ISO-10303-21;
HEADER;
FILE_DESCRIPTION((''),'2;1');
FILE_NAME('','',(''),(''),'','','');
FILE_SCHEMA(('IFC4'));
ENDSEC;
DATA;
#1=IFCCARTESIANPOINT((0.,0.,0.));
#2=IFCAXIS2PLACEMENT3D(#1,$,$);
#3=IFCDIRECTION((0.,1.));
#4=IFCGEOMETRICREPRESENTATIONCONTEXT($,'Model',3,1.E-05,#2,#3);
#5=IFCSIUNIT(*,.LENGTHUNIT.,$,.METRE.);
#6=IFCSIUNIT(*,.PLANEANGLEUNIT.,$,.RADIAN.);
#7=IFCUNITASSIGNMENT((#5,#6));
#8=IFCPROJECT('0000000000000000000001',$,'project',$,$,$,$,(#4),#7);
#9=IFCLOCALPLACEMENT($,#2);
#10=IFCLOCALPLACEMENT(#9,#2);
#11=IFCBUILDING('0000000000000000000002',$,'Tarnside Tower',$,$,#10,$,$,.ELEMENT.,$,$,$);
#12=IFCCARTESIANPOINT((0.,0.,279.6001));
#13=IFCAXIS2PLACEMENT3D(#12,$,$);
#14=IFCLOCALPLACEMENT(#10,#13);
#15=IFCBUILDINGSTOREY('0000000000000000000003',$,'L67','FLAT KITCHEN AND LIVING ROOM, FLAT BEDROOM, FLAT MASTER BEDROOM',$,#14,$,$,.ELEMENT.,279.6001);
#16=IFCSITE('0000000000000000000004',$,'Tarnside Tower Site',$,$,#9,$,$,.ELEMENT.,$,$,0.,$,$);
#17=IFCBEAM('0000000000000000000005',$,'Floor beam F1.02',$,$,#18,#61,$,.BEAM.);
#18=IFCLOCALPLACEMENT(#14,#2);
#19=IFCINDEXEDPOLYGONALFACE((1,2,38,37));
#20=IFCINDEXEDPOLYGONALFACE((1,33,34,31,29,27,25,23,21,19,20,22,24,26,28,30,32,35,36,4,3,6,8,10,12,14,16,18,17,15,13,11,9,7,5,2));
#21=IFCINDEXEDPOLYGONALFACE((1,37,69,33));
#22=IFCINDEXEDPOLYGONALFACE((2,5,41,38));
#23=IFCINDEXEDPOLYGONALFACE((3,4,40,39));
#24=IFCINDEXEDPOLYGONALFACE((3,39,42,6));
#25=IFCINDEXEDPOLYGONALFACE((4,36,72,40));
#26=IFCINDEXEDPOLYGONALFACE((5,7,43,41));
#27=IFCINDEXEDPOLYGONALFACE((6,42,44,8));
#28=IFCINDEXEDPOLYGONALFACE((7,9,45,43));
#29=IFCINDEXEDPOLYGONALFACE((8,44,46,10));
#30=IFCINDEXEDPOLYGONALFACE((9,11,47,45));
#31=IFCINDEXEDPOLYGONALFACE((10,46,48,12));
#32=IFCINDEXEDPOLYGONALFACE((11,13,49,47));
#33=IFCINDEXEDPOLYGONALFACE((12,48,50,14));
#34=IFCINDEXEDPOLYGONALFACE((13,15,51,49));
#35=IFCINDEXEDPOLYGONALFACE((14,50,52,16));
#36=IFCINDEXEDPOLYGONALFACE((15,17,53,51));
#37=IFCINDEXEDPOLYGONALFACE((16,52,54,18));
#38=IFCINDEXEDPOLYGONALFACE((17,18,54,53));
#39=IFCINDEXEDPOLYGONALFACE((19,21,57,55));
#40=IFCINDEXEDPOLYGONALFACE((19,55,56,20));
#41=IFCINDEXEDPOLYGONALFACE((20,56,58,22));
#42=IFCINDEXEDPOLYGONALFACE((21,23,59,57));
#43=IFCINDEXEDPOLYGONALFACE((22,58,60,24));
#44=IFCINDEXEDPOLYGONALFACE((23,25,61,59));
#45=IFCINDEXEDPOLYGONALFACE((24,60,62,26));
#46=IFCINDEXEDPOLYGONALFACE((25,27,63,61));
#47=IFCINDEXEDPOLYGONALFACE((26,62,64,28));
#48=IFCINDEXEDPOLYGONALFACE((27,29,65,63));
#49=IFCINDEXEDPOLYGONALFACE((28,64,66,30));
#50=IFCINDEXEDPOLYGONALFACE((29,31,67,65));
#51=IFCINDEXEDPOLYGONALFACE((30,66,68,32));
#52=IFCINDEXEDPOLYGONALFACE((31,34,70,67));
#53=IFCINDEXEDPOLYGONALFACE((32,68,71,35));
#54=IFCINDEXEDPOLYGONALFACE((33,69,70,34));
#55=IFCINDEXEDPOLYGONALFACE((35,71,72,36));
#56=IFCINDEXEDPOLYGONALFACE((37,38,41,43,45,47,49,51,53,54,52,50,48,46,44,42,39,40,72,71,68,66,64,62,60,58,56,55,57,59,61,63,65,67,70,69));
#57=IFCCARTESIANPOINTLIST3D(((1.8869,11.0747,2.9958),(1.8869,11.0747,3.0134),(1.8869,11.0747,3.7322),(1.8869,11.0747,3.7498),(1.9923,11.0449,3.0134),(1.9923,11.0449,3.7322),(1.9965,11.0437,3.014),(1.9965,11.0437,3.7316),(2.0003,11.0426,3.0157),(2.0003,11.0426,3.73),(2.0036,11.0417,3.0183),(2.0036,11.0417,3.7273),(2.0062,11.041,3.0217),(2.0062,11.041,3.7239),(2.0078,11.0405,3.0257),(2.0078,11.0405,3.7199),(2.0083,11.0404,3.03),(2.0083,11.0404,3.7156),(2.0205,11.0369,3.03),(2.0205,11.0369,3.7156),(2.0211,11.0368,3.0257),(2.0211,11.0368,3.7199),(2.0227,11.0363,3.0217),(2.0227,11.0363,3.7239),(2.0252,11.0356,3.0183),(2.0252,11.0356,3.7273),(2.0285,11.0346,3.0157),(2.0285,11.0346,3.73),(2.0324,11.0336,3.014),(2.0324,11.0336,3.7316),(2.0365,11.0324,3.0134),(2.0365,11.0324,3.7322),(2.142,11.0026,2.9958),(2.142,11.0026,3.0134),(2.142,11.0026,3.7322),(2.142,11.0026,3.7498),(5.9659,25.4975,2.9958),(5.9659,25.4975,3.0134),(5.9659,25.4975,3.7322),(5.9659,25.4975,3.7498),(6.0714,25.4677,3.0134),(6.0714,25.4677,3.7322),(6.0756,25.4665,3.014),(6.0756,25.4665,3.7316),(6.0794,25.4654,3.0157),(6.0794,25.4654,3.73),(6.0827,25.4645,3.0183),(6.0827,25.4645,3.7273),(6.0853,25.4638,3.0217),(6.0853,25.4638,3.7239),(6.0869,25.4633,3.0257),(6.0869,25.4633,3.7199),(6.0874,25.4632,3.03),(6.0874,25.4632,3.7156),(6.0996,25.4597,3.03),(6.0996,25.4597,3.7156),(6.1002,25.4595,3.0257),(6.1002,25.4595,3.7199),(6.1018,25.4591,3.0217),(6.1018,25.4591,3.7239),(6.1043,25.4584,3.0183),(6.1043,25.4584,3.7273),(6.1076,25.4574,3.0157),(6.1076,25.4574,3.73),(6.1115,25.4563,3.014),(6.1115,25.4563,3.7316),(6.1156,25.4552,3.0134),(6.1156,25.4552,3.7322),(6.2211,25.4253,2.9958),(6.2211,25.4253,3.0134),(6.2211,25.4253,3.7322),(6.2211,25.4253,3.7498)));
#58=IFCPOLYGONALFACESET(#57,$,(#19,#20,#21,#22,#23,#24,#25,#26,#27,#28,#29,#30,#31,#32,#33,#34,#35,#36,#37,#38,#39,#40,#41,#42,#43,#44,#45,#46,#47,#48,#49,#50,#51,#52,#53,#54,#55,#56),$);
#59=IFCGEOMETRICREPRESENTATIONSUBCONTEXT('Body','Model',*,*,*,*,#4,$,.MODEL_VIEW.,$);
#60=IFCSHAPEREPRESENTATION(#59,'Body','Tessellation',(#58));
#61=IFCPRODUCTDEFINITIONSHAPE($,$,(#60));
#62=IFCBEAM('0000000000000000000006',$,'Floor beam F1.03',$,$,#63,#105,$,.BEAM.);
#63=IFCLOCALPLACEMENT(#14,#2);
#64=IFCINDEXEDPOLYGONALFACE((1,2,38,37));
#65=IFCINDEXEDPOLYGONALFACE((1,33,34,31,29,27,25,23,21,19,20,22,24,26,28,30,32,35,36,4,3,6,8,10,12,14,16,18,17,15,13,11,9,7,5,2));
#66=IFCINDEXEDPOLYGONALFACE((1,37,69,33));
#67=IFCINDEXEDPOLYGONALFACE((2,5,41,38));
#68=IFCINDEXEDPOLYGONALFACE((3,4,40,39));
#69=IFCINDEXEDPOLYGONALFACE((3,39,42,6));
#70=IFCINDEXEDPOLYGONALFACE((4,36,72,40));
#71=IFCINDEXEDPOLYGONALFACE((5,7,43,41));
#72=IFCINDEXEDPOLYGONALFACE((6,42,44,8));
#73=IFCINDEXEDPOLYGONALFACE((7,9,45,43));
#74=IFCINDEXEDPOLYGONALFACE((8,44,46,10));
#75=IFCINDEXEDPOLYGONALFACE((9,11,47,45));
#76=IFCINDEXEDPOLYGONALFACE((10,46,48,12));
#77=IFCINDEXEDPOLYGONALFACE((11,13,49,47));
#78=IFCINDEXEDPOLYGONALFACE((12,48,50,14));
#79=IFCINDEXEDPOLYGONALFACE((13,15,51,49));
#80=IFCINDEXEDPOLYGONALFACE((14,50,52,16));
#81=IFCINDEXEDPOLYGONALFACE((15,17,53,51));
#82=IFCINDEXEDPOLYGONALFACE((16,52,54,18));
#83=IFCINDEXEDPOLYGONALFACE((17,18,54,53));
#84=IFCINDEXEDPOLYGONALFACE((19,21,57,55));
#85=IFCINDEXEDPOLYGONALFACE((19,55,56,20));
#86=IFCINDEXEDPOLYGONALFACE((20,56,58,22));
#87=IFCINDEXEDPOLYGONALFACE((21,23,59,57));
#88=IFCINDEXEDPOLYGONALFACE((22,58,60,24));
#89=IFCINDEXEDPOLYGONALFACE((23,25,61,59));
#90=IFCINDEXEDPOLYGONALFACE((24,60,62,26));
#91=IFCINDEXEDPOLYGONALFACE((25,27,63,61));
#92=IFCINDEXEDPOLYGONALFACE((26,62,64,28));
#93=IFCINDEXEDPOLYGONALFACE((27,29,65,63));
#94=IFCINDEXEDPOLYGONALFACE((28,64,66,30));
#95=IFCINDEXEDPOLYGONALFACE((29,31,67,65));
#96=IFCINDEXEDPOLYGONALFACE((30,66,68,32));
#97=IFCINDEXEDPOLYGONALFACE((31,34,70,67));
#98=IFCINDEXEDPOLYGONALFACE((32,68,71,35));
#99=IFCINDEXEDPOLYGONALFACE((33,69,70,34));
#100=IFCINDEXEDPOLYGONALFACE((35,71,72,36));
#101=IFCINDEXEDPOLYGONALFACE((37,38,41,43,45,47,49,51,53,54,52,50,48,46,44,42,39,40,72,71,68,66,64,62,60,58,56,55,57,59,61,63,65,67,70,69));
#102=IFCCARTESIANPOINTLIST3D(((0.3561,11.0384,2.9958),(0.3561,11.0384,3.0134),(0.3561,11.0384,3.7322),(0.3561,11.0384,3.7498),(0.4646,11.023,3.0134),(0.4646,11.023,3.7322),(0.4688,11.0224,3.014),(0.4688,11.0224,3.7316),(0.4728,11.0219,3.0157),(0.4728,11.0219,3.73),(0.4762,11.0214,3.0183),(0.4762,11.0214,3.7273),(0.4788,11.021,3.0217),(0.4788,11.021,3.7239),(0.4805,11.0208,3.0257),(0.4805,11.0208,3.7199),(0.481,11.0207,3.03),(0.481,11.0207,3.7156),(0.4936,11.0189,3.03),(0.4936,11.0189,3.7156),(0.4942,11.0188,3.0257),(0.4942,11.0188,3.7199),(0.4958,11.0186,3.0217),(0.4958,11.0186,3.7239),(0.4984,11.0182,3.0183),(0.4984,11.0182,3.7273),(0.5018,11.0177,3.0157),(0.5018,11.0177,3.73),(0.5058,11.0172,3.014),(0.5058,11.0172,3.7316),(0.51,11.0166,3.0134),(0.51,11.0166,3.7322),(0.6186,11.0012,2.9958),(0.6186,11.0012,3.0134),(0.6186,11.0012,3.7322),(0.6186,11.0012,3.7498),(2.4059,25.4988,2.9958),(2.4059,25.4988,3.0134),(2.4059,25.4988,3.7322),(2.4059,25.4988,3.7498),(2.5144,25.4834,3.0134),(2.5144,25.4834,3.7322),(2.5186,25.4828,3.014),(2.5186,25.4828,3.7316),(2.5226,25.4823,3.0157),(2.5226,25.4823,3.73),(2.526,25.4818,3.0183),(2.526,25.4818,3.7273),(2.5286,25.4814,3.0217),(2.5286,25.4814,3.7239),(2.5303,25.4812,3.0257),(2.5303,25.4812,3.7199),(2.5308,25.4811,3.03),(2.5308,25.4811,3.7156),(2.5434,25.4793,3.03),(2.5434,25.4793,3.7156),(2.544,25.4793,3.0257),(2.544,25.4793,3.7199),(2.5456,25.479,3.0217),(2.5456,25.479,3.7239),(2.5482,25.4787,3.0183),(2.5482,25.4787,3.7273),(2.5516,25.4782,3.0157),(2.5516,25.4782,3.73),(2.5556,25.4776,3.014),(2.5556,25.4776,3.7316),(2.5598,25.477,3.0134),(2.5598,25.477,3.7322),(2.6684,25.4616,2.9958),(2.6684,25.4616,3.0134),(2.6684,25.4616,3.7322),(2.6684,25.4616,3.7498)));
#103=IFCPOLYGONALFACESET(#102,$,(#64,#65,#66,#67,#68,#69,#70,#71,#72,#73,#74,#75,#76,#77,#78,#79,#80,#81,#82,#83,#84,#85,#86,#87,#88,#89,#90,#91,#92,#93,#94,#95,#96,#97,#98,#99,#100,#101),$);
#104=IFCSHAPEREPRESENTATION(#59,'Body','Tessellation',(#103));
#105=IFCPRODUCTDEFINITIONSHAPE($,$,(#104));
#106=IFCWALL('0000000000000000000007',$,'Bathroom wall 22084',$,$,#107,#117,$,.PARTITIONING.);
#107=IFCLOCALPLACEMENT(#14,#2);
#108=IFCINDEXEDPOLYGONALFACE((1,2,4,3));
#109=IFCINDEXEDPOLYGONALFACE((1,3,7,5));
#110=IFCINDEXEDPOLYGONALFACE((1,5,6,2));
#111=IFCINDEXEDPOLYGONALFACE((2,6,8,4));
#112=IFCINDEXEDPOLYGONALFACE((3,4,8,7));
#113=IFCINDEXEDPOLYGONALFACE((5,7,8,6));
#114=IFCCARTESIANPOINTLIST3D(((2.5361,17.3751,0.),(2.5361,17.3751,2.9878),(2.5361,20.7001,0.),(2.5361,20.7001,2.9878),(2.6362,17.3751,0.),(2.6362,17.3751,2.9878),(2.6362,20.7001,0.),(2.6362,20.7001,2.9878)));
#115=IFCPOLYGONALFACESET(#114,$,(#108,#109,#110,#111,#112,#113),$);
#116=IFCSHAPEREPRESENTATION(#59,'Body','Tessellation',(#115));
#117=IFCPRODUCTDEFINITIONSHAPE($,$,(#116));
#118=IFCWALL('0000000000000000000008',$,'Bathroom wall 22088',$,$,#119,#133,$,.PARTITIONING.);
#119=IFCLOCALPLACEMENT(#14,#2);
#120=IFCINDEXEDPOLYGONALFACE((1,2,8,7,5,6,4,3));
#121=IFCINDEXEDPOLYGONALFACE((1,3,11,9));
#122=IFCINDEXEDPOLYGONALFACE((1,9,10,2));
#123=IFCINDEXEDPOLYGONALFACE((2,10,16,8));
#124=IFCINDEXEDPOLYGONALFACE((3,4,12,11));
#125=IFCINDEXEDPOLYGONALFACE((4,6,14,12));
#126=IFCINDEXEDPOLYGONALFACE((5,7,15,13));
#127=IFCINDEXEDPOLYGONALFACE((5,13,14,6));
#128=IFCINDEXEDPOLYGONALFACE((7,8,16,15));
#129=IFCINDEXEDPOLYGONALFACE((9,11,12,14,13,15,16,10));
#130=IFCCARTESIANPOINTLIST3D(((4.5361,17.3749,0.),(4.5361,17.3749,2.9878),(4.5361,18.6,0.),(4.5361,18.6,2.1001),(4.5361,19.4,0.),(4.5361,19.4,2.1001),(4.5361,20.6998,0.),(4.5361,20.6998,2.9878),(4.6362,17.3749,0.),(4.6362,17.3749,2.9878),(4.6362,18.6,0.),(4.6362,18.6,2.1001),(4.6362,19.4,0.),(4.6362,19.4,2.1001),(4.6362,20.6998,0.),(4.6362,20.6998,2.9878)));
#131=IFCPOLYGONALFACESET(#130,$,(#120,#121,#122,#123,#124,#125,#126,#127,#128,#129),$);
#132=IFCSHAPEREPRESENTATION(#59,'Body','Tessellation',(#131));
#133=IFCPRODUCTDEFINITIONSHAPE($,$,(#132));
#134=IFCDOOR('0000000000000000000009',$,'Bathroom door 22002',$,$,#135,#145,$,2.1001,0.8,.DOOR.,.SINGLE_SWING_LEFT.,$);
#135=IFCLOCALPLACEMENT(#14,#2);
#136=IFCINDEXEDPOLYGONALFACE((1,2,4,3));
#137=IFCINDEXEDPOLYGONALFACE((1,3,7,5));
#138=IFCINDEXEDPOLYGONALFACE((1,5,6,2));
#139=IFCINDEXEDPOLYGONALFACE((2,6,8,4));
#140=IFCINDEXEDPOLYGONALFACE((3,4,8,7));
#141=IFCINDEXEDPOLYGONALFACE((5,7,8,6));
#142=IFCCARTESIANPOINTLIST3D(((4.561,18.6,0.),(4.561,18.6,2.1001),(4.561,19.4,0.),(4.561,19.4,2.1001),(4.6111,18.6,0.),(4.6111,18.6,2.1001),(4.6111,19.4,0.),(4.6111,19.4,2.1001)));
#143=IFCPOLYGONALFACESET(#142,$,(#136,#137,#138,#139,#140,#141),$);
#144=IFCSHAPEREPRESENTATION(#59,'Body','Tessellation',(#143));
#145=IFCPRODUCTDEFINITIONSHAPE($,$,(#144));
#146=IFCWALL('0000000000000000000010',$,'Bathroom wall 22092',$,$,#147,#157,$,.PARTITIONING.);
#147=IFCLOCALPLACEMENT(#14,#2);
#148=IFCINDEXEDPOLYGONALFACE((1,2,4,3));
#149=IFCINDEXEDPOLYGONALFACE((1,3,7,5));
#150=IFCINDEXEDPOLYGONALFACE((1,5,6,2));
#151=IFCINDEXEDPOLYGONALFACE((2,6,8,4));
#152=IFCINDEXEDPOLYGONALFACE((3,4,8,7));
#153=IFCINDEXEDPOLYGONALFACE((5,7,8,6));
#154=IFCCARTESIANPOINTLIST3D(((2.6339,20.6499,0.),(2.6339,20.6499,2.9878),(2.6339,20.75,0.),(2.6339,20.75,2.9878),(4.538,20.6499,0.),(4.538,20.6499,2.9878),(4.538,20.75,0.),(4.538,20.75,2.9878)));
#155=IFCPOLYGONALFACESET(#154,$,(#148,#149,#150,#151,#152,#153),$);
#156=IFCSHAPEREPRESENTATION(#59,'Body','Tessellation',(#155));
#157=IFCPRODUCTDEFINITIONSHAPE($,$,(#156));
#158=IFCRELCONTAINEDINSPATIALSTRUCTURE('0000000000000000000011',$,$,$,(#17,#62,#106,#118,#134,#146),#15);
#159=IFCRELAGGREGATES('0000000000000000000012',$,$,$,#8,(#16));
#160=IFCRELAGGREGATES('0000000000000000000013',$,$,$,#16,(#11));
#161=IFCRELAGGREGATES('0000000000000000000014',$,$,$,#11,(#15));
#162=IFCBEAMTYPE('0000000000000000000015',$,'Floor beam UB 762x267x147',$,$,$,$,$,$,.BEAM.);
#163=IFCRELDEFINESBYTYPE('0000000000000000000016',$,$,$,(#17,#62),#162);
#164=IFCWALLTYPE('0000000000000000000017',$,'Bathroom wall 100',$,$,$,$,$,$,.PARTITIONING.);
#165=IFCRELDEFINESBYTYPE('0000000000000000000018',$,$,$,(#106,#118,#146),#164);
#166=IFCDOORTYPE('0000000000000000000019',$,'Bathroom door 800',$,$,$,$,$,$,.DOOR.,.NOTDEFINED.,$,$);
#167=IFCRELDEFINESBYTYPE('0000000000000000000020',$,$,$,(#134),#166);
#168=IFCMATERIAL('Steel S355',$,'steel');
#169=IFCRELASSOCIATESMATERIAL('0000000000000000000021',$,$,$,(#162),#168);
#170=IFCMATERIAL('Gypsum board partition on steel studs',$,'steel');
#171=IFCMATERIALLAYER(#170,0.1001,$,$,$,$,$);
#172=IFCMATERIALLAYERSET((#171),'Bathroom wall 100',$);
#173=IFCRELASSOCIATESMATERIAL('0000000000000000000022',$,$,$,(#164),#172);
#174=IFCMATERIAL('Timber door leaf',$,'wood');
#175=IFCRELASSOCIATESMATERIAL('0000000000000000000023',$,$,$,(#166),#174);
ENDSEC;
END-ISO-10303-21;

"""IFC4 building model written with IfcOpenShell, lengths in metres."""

from ifc_helpers import new_model, si_unit, direction, frame, frame_2d, origin, origin_2d, place, context, subcontext, project, spatial, rectangle, i_section, extrude, material, layer, layer_set, material_profile, profile_set, type_object, element, fill, save


model = new_model("IFC4")

# Units and contexts
model_context = context("Model", 3, precision=1e-05, world=origin(), true_north=direction((0.0, 1.0)))
body_context = subcontext(model_context, "Body", "Model", "MODEL_VIEW")
ifc_project = project(units=[si_unit("LENGTHUNIT", "METRE"), si_unit("PLANEANGLEUNIT", "RADIAN")], contexts=[model_context])

# Site, building, storey
site_placement = place(None, origin())
site = spatial("IfcSite", under=ifc_project, at=site_placement, Name="Tarnside Tower Site", CompositionType="ELEMENT", RefElevation=0.0)
building_placement = place(site_placement, origin())
building = spatial("IfcBuilding", under=site, at=building_placement, Name="Tarnside Tower", CompositionType="ELEMENT")
storey_placement = place(building_placement, frame((0.0, 0.0, 279.6001)))
storey = spatial("IfcBuildingStorey", under=building, at=storey_placement, Name="L67", Description="FLAT KITCHEN AND LIVING ROOM, FLAT BEDROOM, FLAT MASTER BEDROOM", CompositionType="ELEMENT", Elevation=279.6001)

# Beams
ifc_material_1 = material(Name="Steel S355", Category="steel")
ifc_material_profile = material_profile(ifc_material_1, i_section(OverallWidth=0.2651, OverallDepth=0.7539, WebThickness=0.0127, FlangeThickness=0.0176, FilletRadius=0.0166, at=origin_2d()), Name="UB 762x267x147")
ifc_profile_set = profile_set([ifc_material_profile], Name="Steel S355")
beam_type = type_object("IfcBeamType", Name="Floor beam UB 762x267x147", PredefinedType="BEAM", material=ifc_profile_set)
beam_1_placement = place(storey_placement, frame((6.0935, 25.4614, 3.3728), z_axis=(-0.272147, -0.962256, 0.0), x_axis=(0.962256, -0.272147, 0.0)))
element("IfcBeam", 1, at=beam_1_placement, inside=storey, type_object=beam_type, Name="Floor beam F1.02", PredefinedType="BEAM", context=body_context, shape_type="SweptSolid", body=[
    extrude(i_section(OverallWidth=0.2651, OverallDepth=0.7539, WebThickness=0.0127, FlangeThickness=0.0176, FilletRadius=0.0166, at=origin_2d()), origin(), (0.0, 0.0, 1.0), 14.9885),
])
beam_2_placement = place(storey_placement, frame((2.5371, 25.4802, 3.3728), z_axis=(-0.140349, -0.990102, 0.0), x_axis=(0.990102, -0.140349, 0.0)))
element("IfcBeam", 2, at=beam_2_placement, inside=storey, type_object=beam_type, Name="Floor beam F1.03", PredefinedType="BEAM", context=body_context, shape_type="SweptSolid", body=[
    extrude(i_section(OverallWidth=0.2651, OverallDepth=0.7539, WebThickness=0.0127, FlangeThickness=0.0176, FilletRadius=0.0166, at=origin_2d()), origin(), (0.0, 0.0, 1.0), 14.605),
])

# Wall
ifc_material_2 = material(Name="Gypsum board partition on steel studs", Category="steel")
ifc_layer_1 = layer(ifc_material_2, 0.1001)
ifc_layer_set_1 = layer_set([ifc_layer_1], Name="Bathroom wall 100")
wall_type_1 = type_object("IfcWallType", Name="Bathroom wall 100", PredefinedType="PARTITIONING", material=ifc_layer_set_1)
wall_1_placement = place(storey_placement, frame((2.5862, 17.375, 0.0), z_axis=(0.0, 0.0, 1.0), x_axis=(0.0, 1.0, 0.0)))
element("IfcWall", 3, at=wall_1_placement, inside=storey, type_object=wall_type_1, Name="Bathroom wall 22084", PredefinedType="PARTITIONING", context=body_context, shape_type="SweptSolid", body=[
    extrude(rectangle(XDim=3.325, YDim=0.1001, at=frame_2d((1.6626, 0.0))), origin(), (0.0, 0.0, 1.0), 2.9878),
])

# Wall, opening, door
wall_2_placement = place(storey_placement, frame((4.5862, 20.7, 0.0), z_axis=(0.0, 0.0, 1.0), x_axis=(0.0, -1.0, 0.0)))
wall_2 = element("IfcWall", 4, at=wall_2_placement, inside=storey, type_object=wall_type_1, Name="Bathroom wall 22088", PredefinedType="PARTITIONING", context=body_context, shape_type="SweptSolid", body=[
    extrude(rectangle(XDim=3.325, YDim=0.1001, at=frame_2d((1.6626, 0.0))), origin(), (0.0, 0.0, 1.0), 2.9878),
])
opening_1_placement = place(wall_2_placement, frame((1.3, 0.0, 0.0)))
opening_1 = element("IfcOpeningElement", 5, at=opening_1_placement, cuts=wall_2, PredefinedType="OPENING", context=body_context, shape_type="SweptSolid", body=[
    extrude(rectangle(XDim=0.8, YDim=2.1001, at=frame_2d((0.3999, 1.05))), frame((0.0, 0.0601, 0.0), z_axis=(0.0, -1.0, 0.0), x_axis=(1.0, 0.0, 0.0)), (0.0, 0.0, 1.0), 0.1201),
])
ifc_material_3 = material(Name="Timber door leaf", Category="wood")
door_type_1 = type_object("IfcDoorType", Name="Bathroom door 800", OperationType="NOTDEFINED", PredefinedType="DOOR", material=ifc_material_3)
door_1_placement = place(opening_1_placement, origin())
door_1 = element("IfcDoor", 6, at=door_1_placement, inside=storey, type_object=door_type_1, Name="Bathroom door 22002", OperationType="SINGLE_SWING_LEFT", OverallHeight=2.1001, OverallWidth=0.8, PredefinedType="DOOR", context=body_context, shape_type="SweptSolid", body=[
    extrude(rectangle(XDim=0.8, YDim=2.1001, at=frame_2d((0.3999, 1.05))), frame((0.0, 0.0249, 0.0), z_axis=(0.0, -1.0, 0.0), x_axis=(1.0, 0.0, 0.0)), (0.0, 0.0, 1.0), 0.05),
])
fill(opening_1, door_1)

# Wall
wall_3_placement = place(storey_placement, frame((4.5381, 20.7, 0.0), z_axis=(0.0, 0.0, 1.0), x_axis=(-1.0, 0.0, 0.0)))
element("IfcWall", 7, at=wall_3_placement, inside=storey, type_object=wall_type_1, Name="Bathroom wall 22092", PredefinedType="PARTITIONING", context=body_context, shape_type="SweptSolid", body=[
    extrude(rectangle(XDim=1.9041, YDim=0.1001, at=frame_2d((0.9521, 0.0))), origin(), (0.0, 0.0, 1.0), 2.9878),
])

save(model, "model.ifc")
